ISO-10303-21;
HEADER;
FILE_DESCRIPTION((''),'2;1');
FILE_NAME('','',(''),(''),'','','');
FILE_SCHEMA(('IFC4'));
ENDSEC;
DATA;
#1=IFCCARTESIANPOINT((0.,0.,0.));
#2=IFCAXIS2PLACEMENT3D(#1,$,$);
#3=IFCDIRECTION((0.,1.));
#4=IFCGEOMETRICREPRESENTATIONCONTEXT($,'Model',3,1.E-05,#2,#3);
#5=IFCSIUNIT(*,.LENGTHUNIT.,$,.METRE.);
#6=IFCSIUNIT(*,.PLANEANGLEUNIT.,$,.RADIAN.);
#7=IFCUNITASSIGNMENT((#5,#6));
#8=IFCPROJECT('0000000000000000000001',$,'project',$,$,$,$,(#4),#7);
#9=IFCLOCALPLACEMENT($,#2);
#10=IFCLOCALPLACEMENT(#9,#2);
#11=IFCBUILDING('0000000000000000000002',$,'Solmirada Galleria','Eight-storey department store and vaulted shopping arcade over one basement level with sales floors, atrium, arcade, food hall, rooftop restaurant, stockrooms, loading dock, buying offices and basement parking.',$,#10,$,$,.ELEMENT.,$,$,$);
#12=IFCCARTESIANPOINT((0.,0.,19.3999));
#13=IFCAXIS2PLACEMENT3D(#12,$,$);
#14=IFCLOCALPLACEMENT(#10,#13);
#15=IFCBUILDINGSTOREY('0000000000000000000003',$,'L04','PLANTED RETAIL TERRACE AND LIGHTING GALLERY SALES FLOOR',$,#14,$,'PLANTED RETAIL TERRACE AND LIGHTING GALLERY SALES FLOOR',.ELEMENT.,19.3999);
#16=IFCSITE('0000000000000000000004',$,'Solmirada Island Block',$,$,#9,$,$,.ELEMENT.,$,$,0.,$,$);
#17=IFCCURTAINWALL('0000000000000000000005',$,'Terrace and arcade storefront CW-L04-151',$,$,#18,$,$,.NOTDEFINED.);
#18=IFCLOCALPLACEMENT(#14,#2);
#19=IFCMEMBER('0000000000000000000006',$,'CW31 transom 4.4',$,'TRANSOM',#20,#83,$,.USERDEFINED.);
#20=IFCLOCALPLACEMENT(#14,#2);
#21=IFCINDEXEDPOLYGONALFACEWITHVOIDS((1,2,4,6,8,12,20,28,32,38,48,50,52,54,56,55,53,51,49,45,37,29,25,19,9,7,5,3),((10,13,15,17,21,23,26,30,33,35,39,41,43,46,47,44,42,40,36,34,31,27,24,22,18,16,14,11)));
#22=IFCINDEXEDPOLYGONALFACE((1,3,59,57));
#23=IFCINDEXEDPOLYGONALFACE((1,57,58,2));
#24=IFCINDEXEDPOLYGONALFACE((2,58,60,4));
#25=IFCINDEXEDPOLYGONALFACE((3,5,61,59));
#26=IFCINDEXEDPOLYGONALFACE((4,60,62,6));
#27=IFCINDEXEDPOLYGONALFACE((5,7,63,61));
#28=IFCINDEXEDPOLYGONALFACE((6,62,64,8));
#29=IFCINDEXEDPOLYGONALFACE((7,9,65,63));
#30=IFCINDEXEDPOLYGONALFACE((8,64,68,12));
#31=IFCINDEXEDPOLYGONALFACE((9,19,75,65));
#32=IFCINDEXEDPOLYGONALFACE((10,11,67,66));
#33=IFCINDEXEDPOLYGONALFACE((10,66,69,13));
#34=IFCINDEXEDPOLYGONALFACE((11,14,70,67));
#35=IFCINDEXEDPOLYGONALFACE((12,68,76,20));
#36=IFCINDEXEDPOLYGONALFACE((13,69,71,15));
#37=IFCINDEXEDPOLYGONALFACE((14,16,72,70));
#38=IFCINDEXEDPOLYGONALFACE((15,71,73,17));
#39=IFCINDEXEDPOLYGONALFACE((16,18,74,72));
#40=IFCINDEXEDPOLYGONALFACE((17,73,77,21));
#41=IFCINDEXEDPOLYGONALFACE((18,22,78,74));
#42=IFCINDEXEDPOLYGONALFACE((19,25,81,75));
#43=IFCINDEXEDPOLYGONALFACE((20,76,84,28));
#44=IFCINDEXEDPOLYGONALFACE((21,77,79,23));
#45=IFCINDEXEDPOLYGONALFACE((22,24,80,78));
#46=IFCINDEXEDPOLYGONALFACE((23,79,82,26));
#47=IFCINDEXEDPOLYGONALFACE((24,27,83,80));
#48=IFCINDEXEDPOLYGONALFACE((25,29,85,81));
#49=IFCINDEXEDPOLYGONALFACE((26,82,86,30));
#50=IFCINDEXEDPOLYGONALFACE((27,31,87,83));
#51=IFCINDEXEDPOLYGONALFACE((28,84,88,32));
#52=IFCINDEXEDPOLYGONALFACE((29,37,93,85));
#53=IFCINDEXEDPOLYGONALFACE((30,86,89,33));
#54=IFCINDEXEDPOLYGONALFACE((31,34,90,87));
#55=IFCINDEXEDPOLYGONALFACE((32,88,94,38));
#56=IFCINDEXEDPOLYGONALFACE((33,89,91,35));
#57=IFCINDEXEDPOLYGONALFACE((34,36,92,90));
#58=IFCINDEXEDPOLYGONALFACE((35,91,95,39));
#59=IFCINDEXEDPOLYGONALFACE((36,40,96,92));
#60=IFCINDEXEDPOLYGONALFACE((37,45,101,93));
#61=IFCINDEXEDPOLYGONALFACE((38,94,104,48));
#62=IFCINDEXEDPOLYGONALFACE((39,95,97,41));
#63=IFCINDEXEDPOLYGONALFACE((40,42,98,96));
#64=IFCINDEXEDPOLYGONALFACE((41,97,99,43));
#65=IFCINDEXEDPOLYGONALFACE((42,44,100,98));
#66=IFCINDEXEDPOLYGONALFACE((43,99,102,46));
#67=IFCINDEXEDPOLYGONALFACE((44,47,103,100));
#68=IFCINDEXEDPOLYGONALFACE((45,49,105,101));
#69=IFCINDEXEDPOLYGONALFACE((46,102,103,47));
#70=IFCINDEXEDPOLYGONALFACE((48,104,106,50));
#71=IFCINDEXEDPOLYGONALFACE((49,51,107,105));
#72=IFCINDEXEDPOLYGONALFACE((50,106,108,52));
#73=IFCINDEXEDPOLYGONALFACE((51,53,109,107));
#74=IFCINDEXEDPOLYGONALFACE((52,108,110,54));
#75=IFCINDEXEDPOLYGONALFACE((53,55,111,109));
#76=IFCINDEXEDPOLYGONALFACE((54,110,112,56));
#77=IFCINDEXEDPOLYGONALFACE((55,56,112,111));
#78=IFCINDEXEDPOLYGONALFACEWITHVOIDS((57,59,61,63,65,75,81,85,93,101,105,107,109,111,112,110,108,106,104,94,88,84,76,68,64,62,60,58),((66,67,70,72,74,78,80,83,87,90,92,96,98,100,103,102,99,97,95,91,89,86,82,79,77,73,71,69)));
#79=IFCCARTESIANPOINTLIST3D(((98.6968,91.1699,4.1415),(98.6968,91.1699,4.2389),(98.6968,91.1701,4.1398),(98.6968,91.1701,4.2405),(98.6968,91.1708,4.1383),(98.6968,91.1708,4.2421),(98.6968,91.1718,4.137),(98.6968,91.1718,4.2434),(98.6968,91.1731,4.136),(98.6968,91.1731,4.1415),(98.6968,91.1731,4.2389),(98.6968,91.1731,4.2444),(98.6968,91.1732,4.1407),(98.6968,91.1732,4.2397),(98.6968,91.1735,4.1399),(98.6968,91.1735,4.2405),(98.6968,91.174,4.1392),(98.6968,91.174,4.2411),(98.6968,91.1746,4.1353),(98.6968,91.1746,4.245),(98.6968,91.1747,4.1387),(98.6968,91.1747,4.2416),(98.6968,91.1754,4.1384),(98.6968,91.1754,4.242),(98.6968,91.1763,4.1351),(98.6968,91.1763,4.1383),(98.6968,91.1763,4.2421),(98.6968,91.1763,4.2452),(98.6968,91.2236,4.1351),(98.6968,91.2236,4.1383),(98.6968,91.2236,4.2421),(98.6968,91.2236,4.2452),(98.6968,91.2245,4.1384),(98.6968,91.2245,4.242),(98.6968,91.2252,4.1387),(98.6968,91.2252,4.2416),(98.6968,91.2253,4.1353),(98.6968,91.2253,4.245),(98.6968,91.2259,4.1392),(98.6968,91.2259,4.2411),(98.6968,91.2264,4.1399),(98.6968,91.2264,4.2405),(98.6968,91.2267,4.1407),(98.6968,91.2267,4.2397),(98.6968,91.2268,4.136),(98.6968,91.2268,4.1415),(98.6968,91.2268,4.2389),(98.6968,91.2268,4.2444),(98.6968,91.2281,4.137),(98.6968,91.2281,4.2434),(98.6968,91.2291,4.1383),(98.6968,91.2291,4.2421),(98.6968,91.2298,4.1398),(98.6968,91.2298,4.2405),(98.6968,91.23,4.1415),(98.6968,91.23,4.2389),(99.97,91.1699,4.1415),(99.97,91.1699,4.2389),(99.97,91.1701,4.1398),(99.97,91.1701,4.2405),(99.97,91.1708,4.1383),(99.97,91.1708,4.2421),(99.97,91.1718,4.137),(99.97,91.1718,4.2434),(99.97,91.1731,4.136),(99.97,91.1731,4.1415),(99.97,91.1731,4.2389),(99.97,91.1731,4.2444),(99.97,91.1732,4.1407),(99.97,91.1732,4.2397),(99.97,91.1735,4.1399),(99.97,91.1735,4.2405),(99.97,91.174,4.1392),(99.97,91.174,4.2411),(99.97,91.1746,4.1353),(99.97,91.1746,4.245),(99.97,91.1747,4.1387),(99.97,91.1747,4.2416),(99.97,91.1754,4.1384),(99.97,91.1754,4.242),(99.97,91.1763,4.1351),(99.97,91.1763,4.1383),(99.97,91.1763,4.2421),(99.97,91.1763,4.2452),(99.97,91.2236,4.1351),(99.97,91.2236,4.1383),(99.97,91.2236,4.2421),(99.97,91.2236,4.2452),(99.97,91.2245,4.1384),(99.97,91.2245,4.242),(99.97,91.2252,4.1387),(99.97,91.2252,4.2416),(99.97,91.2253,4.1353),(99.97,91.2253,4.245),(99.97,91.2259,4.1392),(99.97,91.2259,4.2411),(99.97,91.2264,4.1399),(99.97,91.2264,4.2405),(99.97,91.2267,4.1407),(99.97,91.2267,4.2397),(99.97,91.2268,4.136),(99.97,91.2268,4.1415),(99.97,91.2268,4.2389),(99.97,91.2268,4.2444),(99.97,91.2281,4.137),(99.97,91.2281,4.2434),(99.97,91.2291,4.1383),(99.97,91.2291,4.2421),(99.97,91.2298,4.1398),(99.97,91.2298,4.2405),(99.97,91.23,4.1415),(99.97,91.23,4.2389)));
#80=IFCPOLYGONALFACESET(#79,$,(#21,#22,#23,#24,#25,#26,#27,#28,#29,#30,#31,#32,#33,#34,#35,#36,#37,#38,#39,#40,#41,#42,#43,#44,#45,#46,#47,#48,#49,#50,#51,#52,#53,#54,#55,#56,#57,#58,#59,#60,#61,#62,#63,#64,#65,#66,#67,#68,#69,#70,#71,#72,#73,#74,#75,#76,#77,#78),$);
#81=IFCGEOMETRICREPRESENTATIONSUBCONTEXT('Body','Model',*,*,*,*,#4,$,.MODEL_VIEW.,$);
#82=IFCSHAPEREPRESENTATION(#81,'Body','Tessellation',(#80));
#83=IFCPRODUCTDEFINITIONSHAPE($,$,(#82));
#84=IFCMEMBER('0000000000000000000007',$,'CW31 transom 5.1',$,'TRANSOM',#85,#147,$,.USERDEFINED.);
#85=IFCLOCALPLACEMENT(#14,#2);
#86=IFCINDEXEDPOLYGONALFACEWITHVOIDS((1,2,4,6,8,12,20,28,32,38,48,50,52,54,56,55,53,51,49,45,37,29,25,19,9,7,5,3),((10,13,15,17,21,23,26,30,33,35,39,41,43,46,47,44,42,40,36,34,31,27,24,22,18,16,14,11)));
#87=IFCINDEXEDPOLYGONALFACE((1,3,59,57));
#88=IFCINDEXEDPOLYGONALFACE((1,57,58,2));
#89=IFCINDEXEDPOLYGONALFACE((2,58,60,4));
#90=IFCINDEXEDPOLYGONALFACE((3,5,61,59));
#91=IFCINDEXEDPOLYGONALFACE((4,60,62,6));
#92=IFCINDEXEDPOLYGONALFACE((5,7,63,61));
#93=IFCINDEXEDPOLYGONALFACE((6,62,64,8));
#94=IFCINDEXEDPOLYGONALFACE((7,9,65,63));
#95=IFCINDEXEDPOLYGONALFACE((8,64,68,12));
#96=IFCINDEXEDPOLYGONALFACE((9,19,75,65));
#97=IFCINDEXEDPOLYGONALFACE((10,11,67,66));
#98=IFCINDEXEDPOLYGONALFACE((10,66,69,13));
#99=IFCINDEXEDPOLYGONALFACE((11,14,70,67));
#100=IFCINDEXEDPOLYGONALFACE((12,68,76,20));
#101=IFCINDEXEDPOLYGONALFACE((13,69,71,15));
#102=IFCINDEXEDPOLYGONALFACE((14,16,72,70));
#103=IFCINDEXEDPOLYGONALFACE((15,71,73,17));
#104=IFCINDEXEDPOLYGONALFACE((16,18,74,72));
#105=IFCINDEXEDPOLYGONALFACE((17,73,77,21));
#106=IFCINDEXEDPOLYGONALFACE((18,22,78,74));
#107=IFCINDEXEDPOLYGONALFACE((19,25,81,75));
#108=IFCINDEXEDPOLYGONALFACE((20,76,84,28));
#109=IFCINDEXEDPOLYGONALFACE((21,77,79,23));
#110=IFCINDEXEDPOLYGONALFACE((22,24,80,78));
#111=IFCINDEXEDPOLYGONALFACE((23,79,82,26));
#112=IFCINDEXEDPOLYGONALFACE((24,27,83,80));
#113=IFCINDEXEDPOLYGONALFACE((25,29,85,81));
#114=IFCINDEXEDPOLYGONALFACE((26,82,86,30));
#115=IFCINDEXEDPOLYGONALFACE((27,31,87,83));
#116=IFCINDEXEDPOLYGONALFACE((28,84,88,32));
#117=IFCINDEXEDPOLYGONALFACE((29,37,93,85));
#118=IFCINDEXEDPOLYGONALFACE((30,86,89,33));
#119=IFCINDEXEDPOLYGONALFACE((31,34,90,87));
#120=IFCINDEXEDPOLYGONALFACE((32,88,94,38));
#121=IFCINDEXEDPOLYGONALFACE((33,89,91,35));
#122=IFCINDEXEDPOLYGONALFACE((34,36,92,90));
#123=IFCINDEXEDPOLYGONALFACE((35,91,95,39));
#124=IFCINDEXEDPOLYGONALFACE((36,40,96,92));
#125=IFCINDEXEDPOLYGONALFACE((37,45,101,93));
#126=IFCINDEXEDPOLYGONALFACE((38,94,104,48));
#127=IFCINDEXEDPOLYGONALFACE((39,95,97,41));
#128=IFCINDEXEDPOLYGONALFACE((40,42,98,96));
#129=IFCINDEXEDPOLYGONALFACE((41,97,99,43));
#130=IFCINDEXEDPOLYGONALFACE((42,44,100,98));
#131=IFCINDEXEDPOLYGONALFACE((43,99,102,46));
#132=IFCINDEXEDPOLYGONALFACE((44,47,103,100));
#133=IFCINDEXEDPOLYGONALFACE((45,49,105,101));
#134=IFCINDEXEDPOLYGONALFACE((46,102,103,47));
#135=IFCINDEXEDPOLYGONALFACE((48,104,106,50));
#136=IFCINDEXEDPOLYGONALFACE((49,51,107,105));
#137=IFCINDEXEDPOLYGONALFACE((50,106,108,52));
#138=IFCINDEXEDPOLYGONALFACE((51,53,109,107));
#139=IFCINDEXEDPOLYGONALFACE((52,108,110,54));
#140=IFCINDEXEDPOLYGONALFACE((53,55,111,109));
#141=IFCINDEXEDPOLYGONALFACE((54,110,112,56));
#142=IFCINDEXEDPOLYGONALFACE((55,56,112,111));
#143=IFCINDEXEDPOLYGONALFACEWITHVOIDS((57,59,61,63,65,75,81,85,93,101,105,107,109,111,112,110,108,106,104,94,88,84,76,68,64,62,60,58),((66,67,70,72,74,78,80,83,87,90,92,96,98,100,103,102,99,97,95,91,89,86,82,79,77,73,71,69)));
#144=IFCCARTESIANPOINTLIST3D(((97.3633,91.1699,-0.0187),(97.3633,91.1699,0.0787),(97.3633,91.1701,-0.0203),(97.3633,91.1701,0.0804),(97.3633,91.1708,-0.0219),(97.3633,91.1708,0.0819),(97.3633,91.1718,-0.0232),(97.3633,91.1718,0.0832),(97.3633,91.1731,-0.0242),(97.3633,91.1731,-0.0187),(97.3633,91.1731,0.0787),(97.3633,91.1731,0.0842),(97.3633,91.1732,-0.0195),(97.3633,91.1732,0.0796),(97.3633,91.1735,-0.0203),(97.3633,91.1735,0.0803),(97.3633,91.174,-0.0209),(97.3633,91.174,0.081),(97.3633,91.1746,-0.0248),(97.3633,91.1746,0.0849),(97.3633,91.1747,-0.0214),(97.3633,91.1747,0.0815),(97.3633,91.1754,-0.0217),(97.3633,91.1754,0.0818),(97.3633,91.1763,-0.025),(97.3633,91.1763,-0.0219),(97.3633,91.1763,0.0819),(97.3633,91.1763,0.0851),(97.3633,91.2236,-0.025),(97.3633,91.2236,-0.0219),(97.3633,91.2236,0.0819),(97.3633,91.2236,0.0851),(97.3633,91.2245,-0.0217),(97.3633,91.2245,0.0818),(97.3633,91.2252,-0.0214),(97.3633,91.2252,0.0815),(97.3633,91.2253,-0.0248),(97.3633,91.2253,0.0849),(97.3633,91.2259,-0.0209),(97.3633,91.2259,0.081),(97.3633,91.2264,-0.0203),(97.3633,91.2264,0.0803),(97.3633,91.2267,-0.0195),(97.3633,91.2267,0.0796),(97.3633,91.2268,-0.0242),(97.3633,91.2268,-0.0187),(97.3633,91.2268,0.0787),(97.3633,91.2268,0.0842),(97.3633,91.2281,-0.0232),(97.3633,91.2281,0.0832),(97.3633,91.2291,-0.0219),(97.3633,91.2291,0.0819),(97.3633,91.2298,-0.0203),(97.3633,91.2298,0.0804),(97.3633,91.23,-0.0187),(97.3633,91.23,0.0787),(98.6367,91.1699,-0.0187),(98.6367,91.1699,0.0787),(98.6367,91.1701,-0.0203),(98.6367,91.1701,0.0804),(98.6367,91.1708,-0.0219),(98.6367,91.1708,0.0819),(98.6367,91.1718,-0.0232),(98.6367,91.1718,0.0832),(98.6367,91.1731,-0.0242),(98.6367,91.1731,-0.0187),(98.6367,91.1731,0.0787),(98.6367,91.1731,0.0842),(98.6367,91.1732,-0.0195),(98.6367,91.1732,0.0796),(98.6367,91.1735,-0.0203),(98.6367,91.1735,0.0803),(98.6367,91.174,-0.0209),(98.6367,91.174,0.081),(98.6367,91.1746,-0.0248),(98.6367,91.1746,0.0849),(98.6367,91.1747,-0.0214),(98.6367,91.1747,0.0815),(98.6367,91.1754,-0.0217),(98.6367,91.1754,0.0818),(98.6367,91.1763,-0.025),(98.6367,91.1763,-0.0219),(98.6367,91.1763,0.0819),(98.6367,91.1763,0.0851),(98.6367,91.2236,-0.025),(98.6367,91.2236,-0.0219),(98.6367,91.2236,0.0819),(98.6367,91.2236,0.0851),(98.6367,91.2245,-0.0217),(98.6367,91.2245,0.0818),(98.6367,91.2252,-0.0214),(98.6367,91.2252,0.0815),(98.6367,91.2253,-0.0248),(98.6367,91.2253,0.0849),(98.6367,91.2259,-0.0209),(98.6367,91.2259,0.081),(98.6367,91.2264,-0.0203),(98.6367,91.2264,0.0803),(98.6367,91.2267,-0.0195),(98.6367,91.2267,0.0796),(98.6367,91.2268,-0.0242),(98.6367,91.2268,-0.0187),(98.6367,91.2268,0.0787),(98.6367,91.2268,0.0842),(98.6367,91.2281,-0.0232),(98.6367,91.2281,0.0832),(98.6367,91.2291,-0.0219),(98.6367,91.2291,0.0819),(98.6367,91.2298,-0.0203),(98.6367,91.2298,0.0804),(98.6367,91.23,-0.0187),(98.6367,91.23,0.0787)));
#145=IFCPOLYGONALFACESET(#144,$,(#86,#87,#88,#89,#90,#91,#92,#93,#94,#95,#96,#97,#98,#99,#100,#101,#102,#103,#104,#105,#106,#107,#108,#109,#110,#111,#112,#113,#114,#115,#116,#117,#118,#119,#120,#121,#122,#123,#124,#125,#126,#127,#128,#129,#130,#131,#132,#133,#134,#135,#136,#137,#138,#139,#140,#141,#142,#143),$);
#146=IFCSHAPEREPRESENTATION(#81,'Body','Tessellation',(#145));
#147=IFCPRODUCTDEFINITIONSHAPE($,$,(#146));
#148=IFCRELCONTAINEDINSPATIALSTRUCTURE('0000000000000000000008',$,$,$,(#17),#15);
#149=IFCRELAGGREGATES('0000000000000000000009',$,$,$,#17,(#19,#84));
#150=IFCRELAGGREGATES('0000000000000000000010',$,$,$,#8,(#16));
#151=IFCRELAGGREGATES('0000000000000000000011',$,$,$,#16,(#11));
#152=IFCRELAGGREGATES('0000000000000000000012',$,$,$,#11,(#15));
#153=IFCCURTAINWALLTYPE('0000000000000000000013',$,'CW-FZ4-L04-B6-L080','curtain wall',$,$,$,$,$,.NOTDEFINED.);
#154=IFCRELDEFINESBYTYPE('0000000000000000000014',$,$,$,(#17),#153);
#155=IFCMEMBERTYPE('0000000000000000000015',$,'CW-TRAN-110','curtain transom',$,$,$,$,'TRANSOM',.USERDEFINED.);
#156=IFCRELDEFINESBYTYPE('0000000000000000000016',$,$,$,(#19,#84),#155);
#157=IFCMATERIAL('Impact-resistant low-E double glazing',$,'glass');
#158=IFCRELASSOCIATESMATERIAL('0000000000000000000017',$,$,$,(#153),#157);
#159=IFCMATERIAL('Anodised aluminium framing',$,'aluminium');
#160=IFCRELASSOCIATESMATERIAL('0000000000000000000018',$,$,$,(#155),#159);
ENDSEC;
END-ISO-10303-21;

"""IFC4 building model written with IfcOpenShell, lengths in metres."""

from ifc_helpers import new_model, si_unit, direction, frame, origin, origin_2d, place, context, subcontext, project, spatial, hollow_rectangle, extrude, material, material_profile, profile_set, type_object, element, aggregate, save


model = new_model("IFC4")

# Units and contexts
model_context = context("Model", 3, precision=1e-05, world=origin(), true_north=direction((0.0, 1.0)))
body_context = subcontext(model_context, "Body", "Model", "MODEL_VIEW")
ifc_project = project(units=[si_unit("LENGTHUNIT", "METRE"), si_unit("PLANEANGLEUNIT", "RADIAN")], contexts=[model_context])

# Site, building, storey
site_placement = place(None, origin())
site = spatial("IfcSite", under=ifc_project, at=site_placement, Name="Solmirada Island Block", CompositionType="ELEMENT", RefElevation=0.0)
building_placement = place(site_placement, origin())
building = spatial("IfcBuilding", under=site, at=building_placement, Name="Solmirada Galleria", Description="Eight-storey department store and vaulted shopping arcade over one basement level with sales floors, atrium, arcade, food hall, rooftop restaurant, stockrooms, loading dock, buying offices and basement parking.", CompositionType="ELEMENT")
storey_placement = place(building_placement, frame((0.0, 0.0, 19.3999)))
storey = spatial("IfcBuildingStorey", under=building, at=storey_placement, Name="L04", Description="PLANTED RETAIL TERRACE AND LIGHTING GALLERY SALES FLOOR", LongName="PLANTED RETAIL TERRACE AND LIGHTING GALLERY SALES FLOOR", CompositionType="ELEMENT", Elevation=19.3999)

# Curtain wall, members
ifc_material_1 = material(Name="Impact-resistant low-E double glazing", Category="glass")
curtain_wall_type = type_object("IfcCurtainWallType", Name="CW-FZ4-L04-B6-L080", Description="curtain wall", PredefinedType="NOTDEFINED", material=ifc_material_1)
curtain_wall_placement = place(storey_placement, origin())
curtain_wall = element("IfcCurtainWall", 1, at=curtain_wall_placement, inside=storey, type_object=curtain_wall_type, Name="Terrace and arcade storefront CW-L04-151", PredefinedType="NOTDEFINED")
ifc_material_2 = material(Name="Anodised aluminium framing", Category="aluminium")
ifc_material_profile_1 = material_profile(ifc_material_2, hollow_rectangle(XDim=0.0601, YDim=0.1101, WallThickness=0.0032, InnerFilletRadius=0.0032, OuterFilletRadius=0.0063, at=origin_2d()), Name="ALU-TRAN-110X60")
ifc_profile_set_1 = profile_set([ifc_material_profile_1], Name="Anodised aluminium framing")
member_type_1 = type_object("IfcMemberType", Name="CW-TRAN-110", Description="curtain transom", ElementType="TRANSOM", PredefinedType="USERDEFINED", material=ifc_profile_set_1)
member_1_placement = place(storey_placement, frame((99.97, 91.2, 4.1902), z_axis=(-1.0, 0.0, 0.0), x_axis=(0.0, -1.0, 0.0)))
member_1 = element("IfcMember", 2, at=member_1_placement, type_object=member_type_1, Name="CW31 transom 4.4", ObjectType="TRANSOM", PredefinedType="USERDEFINED", context=body_context, shape_type="SweptSolid", body=[
    extrude(hollow_rectangle(XDim=0.0601, YDim=0.1101, WallThickness=0.0032, InnerFilletRadius=0.0032, OuterFilletRadius=0.0063, at=origin_2d()), origin(), (0.0, 0.0, 1.0), 1.2732),
])
member_2_placement = place(storey_placement, frame((98.6367, 91.2, 0.03), z_axis=(-1.0, 0.0, 0.0), x_axis=(0.0, -1.0, 0.0)))
member_2 = element("IfcMember", 3, at=member_2_placement, type_object=member_type_1, Name="CW31 transom 5.1", ObjectType="TRANSOM", PredefinedType="USERDEFINED", context=body_context, shape_type="SweptSolid", body=[
    extrude(hollow_rectangle(XDim=0.0601, YDim=0.1101, WallThickness=0.0032, InnerFilletRadius=0.0032, OuterFilletRadius=0.0063, at=origin_2d()), origin(), (0.0, 0.0, 1.0), 1.2734),
])
aggregate(curtain_wall, [member_1, member_2])

save(model, "model.ifc")
